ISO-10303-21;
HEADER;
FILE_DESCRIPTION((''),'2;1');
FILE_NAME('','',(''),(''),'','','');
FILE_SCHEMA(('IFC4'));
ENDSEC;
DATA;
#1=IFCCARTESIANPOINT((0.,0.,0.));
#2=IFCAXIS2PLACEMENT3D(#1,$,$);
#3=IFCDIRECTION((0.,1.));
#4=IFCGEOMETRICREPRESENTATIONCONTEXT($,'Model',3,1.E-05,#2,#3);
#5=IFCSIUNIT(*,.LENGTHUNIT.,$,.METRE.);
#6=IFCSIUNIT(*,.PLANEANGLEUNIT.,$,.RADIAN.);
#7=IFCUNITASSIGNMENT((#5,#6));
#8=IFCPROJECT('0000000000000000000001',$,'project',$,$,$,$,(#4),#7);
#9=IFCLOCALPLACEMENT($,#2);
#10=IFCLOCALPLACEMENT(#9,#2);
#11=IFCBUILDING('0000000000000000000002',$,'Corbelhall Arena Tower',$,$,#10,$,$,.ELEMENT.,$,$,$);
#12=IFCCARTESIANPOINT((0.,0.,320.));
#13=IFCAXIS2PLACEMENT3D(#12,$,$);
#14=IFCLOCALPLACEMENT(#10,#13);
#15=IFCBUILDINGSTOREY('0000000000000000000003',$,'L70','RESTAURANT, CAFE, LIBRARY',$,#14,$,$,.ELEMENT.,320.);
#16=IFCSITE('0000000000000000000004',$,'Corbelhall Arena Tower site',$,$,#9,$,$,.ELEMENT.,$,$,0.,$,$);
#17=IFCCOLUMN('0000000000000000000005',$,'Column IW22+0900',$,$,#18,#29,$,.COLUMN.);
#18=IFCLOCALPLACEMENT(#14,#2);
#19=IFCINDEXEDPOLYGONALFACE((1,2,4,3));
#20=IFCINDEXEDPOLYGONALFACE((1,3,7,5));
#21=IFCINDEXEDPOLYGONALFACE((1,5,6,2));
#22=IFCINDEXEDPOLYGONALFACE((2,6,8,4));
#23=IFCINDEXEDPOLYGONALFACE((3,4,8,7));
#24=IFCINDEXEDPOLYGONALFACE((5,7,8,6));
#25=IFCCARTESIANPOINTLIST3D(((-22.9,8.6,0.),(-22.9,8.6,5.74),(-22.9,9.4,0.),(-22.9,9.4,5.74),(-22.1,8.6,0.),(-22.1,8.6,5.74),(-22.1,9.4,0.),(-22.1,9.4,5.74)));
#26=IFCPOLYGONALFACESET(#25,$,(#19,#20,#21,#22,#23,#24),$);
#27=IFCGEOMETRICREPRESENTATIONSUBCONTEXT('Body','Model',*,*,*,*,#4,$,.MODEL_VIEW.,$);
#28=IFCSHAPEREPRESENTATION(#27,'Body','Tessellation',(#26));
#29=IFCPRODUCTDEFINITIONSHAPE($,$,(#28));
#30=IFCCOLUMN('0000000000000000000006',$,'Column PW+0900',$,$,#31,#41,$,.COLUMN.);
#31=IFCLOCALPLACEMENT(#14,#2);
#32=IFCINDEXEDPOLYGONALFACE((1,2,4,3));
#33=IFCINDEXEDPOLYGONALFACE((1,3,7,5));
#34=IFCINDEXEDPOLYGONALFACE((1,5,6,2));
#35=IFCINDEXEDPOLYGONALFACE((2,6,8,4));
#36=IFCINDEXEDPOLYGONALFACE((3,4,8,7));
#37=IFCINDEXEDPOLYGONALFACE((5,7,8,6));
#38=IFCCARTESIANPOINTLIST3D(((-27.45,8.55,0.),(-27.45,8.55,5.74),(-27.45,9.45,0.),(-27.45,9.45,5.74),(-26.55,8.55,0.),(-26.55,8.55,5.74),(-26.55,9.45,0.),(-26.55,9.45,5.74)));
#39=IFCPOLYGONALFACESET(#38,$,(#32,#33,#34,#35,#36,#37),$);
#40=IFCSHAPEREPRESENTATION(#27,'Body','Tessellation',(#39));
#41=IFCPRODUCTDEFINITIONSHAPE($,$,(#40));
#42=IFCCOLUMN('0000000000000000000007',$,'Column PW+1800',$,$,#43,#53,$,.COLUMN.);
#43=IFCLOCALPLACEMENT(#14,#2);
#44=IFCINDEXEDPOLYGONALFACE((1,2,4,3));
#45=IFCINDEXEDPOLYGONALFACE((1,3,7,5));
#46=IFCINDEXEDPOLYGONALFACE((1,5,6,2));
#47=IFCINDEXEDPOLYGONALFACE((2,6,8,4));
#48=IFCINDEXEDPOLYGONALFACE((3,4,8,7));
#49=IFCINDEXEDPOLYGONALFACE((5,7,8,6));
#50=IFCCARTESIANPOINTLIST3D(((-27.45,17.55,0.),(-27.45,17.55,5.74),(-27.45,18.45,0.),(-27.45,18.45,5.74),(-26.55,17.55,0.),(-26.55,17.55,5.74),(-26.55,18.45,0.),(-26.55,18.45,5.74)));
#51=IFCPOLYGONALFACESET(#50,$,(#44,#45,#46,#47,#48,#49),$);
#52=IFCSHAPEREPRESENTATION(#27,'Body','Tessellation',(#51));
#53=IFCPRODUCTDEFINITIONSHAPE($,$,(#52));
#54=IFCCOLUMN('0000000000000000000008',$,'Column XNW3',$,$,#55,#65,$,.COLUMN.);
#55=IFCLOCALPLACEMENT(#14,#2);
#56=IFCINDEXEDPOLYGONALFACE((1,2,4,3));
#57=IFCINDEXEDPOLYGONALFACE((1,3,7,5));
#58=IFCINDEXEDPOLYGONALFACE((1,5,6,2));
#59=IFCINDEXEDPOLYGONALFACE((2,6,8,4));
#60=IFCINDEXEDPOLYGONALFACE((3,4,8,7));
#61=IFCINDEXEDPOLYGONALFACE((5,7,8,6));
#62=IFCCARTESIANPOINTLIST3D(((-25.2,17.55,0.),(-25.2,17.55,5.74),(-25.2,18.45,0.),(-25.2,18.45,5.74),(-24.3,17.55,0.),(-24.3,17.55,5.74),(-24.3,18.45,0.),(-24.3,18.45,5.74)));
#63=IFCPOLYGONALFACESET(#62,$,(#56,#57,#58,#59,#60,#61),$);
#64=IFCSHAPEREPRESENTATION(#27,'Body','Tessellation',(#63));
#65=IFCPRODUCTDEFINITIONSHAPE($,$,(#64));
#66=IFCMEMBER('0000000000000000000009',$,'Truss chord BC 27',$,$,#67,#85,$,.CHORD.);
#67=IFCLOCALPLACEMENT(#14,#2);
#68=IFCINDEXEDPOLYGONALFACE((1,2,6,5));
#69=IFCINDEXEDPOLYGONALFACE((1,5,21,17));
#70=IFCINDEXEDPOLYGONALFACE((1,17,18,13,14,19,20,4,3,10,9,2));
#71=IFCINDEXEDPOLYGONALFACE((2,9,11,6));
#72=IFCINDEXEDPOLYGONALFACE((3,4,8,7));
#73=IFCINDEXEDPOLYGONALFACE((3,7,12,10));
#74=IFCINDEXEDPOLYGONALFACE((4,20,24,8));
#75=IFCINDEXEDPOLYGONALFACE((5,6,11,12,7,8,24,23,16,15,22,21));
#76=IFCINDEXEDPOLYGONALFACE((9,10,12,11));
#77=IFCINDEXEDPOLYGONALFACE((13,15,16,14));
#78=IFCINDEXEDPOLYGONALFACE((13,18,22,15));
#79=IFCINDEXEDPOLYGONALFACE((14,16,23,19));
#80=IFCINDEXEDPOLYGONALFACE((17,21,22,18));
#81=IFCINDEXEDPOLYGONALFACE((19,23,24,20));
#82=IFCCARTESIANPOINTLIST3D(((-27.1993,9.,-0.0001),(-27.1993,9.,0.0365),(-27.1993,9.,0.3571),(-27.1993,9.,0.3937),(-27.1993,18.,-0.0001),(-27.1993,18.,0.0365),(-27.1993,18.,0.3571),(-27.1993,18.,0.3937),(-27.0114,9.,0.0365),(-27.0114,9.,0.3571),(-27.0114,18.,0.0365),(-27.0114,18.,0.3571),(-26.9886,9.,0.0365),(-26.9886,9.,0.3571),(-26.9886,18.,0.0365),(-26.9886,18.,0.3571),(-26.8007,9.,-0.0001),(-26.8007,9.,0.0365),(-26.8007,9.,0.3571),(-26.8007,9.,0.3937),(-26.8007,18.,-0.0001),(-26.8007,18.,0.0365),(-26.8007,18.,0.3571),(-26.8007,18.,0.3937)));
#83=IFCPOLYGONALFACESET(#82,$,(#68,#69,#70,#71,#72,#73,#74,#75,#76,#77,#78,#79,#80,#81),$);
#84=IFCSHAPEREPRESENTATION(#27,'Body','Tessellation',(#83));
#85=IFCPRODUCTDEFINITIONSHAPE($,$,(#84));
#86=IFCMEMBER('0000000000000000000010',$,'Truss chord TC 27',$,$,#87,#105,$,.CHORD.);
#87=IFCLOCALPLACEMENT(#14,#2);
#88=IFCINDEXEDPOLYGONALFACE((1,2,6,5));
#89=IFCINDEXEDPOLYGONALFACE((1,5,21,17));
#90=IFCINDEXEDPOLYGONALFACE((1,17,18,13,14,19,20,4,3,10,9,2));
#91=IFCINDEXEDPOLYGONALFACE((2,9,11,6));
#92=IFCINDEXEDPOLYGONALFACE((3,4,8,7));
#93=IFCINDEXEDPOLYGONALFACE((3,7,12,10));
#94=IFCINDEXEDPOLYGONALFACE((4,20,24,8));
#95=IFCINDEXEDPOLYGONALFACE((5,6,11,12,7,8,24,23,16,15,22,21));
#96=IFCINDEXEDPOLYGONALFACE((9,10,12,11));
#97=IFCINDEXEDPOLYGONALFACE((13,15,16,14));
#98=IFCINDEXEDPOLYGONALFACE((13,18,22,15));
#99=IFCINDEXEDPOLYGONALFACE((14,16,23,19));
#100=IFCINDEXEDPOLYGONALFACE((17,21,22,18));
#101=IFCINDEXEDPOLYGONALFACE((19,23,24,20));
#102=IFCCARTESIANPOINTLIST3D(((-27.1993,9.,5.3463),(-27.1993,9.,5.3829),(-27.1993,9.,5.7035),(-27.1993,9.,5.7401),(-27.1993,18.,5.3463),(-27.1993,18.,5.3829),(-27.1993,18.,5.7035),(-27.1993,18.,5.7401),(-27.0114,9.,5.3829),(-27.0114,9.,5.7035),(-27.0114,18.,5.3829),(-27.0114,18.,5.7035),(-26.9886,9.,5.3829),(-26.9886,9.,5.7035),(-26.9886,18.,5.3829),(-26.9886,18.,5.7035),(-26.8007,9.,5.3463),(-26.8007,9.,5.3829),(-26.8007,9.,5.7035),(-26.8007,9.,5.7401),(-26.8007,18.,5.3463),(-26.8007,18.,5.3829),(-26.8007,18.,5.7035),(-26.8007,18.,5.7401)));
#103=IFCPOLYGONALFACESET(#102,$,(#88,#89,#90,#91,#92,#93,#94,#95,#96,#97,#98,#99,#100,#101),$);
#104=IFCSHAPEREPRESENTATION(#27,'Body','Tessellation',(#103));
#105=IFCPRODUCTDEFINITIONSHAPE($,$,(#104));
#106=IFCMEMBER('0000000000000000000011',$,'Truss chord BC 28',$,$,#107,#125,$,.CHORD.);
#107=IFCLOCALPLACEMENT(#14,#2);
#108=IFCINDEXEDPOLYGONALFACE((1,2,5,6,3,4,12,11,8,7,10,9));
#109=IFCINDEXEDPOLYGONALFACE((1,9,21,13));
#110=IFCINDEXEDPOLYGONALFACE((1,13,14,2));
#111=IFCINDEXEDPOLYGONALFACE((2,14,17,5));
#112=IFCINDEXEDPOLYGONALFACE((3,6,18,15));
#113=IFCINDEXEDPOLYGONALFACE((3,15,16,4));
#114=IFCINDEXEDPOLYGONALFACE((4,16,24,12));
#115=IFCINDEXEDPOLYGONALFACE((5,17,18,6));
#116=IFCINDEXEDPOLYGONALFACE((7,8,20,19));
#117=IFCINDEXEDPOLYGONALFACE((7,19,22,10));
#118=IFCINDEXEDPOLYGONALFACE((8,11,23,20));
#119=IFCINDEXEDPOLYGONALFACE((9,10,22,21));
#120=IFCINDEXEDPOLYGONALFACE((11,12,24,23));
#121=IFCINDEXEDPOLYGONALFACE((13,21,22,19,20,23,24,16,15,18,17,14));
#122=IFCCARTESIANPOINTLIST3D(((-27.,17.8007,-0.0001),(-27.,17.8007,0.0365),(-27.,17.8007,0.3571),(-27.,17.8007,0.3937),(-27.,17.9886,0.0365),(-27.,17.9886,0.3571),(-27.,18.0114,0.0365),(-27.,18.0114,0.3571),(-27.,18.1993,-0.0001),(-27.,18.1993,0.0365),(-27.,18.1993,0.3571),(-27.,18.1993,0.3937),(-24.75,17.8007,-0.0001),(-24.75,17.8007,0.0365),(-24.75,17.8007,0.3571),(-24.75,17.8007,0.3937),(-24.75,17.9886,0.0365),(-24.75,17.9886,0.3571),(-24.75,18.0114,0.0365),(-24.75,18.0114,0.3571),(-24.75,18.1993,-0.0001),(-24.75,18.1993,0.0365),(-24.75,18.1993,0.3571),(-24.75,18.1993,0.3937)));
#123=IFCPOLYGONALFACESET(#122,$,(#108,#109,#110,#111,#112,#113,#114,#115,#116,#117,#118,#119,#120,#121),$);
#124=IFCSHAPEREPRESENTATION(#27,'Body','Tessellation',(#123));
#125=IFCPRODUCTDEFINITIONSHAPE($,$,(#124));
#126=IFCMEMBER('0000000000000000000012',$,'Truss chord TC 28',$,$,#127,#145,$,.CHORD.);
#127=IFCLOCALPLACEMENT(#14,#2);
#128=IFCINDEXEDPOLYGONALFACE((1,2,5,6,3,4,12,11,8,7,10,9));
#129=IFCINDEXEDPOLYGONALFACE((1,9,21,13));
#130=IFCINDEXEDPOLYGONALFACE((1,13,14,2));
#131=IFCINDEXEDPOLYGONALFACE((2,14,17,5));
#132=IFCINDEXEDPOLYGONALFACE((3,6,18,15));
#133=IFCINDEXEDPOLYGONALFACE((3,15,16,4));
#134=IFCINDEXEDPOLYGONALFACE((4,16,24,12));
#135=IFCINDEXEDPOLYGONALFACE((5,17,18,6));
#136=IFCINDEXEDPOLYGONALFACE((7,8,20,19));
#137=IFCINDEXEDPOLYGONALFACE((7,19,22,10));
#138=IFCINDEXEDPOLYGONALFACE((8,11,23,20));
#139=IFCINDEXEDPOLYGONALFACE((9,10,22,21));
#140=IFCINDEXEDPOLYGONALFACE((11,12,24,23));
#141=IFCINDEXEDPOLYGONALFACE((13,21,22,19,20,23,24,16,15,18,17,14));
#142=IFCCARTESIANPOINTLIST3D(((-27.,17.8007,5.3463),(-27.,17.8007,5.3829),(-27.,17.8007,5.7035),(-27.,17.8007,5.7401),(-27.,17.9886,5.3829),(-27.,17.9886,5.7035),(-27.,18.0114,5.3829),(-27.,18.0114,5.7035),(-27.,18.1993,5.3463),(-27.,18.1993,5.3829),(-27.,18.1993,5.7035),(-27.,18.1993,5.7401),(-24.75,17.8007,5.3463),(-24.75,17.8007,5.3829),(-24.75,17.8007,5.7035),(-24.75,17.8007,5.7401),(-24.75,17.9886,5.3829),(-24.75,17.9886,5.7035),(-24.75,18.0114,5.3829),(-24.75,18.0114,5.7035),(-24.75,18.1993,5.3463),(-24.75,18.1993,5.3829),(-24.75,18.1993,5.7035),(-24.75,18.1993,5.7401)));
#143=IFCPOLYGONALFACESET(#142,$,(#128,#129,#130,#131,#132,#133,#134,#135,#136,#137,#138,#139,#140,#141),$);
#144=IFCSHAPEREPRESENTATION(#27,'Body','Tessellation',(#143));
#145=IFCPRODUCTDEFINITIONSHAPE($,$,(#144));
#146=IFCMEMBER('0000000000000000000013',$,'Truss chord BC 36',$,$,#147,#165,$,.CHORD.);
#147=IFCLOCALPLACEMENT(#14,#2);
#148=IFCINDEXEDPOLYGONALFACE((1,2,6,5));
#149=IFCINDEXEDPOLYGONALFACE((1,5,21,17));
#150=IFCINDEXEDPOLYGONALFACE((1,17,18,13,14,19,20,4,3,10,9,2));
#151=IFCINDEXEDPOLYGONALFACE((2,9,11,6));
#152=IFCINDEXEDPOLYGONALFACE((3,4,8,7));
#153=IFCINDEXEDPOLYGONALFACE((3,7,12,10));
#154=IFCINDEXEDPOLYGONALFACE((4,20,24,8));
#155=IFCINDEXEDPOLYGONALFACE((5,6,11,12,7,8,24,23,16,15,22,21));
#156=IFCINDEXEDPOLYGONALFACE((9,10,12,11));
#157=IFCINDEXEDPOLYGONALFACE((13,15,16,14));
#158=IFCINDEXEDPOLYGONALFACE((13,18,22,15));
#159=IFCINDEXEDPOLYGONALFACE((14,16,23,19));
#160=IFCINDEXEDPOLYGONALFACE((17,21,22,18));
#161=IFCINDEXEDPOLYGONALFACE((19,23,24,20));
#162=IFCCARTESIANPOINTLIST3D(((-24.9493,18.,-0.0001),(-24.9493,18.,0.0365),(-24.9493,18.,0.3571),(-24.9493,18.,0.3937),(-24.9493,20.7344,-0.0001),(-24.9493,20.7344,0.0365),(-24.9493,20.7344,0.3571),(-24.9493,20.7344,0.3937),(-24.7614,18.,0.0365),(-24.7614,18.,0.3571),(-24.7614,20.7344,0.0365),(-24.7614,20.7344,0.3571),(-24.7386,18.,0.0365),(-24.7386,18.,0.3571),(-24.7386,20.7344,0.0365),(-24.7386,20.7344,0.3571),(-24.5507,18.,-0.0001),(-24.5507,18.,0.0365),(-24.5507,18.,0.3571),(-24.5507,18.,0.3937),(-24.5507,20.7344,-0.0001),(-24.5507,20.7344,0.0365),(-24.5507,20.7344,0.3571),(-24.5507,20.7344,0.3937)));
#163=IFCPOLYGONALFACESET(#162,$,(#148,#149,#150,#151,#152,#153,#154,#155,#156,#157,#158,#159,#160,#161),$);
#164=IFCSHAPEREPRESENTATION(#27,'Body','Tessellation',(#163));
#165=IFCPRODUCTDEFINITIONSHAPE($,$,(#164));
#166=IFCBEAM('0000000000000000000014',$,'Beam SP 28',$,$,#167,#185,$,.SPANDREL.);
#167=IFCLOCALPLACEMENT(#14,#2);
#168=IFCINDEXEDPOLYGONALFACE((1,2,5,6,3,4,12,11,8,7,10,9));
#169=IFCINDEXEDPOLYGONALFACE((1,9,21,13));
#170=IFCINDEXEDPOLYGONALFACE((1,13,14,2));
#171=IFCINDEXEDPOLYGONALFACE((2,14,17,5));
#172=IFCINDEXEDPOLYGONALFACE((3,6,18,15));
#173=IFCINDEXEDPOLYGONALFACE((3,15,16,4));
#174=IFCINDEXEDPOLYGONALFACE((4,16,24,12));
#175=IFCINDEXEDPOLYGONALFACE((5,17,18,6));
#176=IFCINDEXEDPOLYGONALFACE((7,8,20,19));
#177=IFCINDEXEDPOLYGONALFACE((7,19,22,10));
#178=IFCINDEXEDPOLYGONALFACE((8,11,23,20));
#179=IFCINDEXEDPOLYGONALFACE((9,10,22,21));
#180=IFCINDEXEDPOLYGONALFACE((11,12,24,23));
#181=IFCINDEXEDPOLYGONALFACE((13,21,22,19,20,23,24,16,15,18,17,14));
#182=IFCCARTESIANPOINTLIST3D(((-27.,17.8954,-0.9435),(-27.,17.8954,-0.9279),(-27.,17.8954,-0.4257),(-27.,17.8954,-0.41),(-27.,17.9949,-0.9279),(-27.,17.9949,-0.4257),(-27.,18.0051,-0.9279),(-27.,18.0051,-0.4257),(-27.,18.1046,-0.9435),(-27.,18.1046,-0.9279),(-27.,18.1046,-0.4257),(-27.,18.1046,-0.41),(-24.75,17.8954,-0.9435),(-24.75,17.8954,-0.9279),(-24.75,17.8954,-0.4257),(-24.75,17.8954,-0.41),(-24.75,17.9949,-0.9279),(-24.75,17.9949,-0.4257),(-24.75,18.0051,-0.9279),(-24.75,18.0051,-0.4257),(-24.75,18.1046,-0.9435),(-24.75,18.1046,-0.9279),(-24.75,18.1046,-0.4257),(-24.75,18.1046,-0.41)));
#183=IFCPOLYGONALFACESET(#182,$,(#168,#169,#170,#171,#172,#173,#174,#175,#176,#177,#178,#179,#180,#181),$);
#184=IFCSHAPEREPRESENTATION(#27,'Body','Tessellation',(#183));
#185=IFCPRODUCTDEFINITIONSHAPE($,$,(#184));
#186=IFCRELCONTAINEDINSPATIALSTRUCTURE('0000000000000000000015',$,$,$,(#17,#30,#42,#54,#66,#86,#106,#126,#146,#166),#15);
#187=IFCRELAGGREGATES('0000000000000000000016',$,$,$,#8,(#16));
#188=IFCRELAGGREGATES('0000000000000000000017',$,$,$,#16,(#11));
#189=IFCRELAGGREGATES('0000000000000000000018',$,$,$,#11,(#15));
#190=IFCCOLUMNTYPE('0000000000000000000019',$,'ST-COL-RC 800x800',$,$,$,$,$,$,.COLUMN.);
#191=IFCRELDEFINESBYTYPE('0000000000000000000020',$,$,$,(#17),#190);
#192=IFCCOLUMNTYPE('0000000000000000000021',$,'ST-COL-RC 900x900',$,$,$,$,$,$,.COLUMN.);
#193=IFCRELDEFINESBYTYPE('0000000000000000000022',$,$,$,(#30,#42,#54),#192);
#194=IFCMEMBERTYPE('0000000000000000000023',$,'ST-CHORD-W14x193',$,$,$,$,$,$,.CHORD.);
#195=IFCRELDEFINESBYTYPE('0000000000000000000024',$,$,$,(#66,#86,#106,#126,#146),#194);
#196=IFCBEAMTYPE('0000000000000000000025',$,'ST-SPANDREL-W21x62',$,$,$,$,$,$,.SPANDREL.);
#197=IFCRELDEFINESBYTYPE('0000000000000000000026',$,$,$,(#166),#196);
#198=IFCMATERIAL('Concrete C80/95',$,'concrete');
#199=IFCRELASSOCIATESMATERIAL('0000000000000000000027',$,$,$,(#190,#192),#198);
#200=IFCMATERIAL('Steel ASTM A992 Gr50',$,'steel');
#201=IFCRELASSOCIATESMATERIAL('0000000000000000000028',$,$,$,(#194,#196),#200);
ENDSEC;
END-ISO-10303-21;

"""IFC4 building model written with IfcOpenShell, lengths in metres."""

from ifc_helpers import new_model, si_unit, direction, frame, origin, origin_2d, place, context, subcontext, project, spatial, rectangle, i_section, extrude, material, material_profile, profile_set, type_object, element, save


model = new_model("IFC4")

# Units and contexts
model_context = context("Model", 3, precision=1e-05, world=origin(), true_north=direction((0.0, 1.0)))
body_context = subcontext(model_context, "Body", "Model", "MODEL_VIEW")
ifc_project = project(units=[si_unit("LENGTHUNIT", "METRE"), si_unit("PLANEANGLEUNIT", "RADIAN")], contexts=[model_context])

# Site, building, storey
site_placement = place(None, origin())
site = spatial("IfcSite", under=ifc_project, at=site_placement, Name="Corbelhall Arena Tower site", CompositionType="ELEMENT", RefElevation=0.0)
building_placement = place(site_placement, origin())
building = spatial("IfcBuilding", under=site, at=building_placement, Name="Corbelhall Arena Tower", CompositionType="ELEMENT")
storey_placement = place(building_placement, frame((0.0, 0.0, 320.0)))
storey = spatial("IfcBuildingStorey", under=building, at=storey_placement, Name="L70", Description="RESTAURANT, CAFE, LIBRARY", CompositionType="ELEMENT", Elevation=320.0)

# Columns
ifc_material_1 = material(Name="Concrete C80/95", Category="concrete")
ifc_material_profile_1 = material_profile(ifc_material_1, rectangle(XDim=0.8, YDim=0.8, at=origin_2d()))
ifc_profile_set_1 = profile_set([ifc_material_profile_1], Name="Concrete C80/95")
column_type_1 = type_object("IfcColumnType", Name="ST-COL-RC 800x800", PredefinedType="COLUMN", material=ifc_profile_set_1)
column_placement = place(storey_placement, frame((-22.5, 9.0, 0.0), z_axis=(0.0, 0.0, 1.0), x_axis=(1.0, 0.0, 0.0)))
element("IfcColumn", 1, at=column_placement, inside=storey, type_object=column_type_1, Name="Column IW22+0900", PredefinedType="COLUMN", context=body_context, shape_type="SweptSolid", body=[
    extrude(rectangle(XDim=0.8, YDim=0.8, at=origin_2d()), origin(), (0.0, 0.0, 1.0), 5.74),
])
ifc_material_profile_2 = material_profile(ifc_material_1, rectangle(XDim=0.8999, YDim=0.8999, at=origin_2d()))
ifc_profile_set_2 = profile_set([ifc_material_profile_2], Name="Concrete C80/95")
column_type_2 = type_object("IfcColumnType", Name="ST-COL-RC 900x900", PredefinedType="COLUMN", material=ifc_profile_set_2)
for number, where, z_axis, x_axis, name in (
    (2, (-27.0, 9.0, 0.0), (0.0, 0.0, 1.0), (0.0, 1.0, 0.0), "Column PW+0900"),
    (3, (-27.0, 18.0, 0.0), (0.0, 0.0, 1.0), (0.0, 1.0, 0.0), "Column PW+1800"),
    (4, (-24.75, 18.0, 0.0), (0.0, 0.0, 1.0), (1.0, 0.0, 0.0), "Column XNW3"),
):
    element("IfcColumn", number, at=place(storey_placement, frame(where, z_axis=z_axis, x_axis=x_axis)), inside=storey, type_object=column_type_2, Name=name, PredefinedType="COLUMN", context=body_context, shape_type="SweptSolid", body=[
        extrude(rectangle(XDim=0.8999, YDim=0.8999, at=origin_2d()), origin(), (0.0, 0.0, 1.0), 5.74),
    ])

# Members
ifc_material_2 = material(Name="Steel ASTM A992 Gr50", Category="steel")
ifc_material_profile_3 = material_profile(ifc_material_2, i_section(OverallWidth=0.3987, OverallDepth=0.3938, WebThickness=0.0227, FlangeThickness=0.0366, at=origin_2d()))
ifc_profile_set_3 = profile_set([ifc_material_profile_3], Name="Steel ASTM A992 Gr50")
member_type_1 = type_object("IfcMemberType", Name="ST-CHORD-W14x193", PredefinedType="CHORD", material=ifc_profile_set_3)
for number, where, z_axis, x_axis, name in (
    (5, (-27.0, 9.0, 0.1968), (0.0, 1.0, 0.0), (-1.0, 0.0, 0.0), "Truss chord BC 27"),
    (6, (-27.0, 9.0, 5.5432), (0.0, 1.0, 0.0), (-1.0, 0.0, 0.0), "Truss chord TC 27"),
):
    element("IfcMember", number, at=place(storey_placement, frame(where, z_axis=z_axis, x_axis=x_axis)), inside=storey, type_object=member_type_1, Name=name, PredefinedType="CHORD", context=body_context, shape_type="SweptSolid", body=[
        extrude(i_section(OverallWidth=0.3987, OverallDepth=0.3938, WebThickness=0.0227, FlangeThickness=0.0366, at=origin_2d()), origin(), (0.0, 0.0, 1.0), 9.0),
    ])
for number, where, z_axis, x_axis, name in (
    (7, (-27.0, 18.0, 0.1968), (1.0, 0.0, 0.0), (0.0, 1.0, 0.0), "Truss chord BC 28"),
    (8, (-27.0, 18.0, 5.5432), (1.0, 0.0, 0.0), (0.0, 1.0, 0.0), "Truss chord TC 28"),
):
    element("IfcMember", number, at=place(storey_placement, frame(where, z_axis=z_axis, x_axis=x_axis)), inside=storey, type_object=member_type_1, Name=name, PredefinedType="CHORD", context=body_context, shape_type="SweptSolid", body=[
        extrude(i_section(OverallWidth=0.3987, OverallDepth=0.3938, WebThickness=0.0227, FlangeThickness=0.0366, at=origin_2d()), origin(), (0.0, 0.0, 1.0), 2.25),
    ])
member_1_placement = place(storey_placement, frame((-24.75, 18.0, 0.1968), z_axis=(0.0, 1.0, 0.0), x_axis=(-1.0, 0.0, 0.0)))
element("IfcMember", 9, at=member_1_placement, inside=storey, type_object=member_type_1, Name="Truss chord BC 36", PredefinedType="CHORD", context=body_context, shape_type="SweptSolid", body=[
    extrude(i_section(OverallWidth=0.3987, OverallDepth=0.3938, WebThickness=0.0227, FlangeThickness=0.0366, at=origin_2d()), origin(), (0.0, 0.0, 1.0), 2.7344),
])

# Beam
ifc_material_profile_4 = material_profile(ifc_material_2, i_section(OverallWidth=0.2092, OverallDepth=0.5334, WebThickness=0.0103, FlangeThickness=0.0156, at=origin_2d()))
ifc_profile_set_4 = profile_set([ifc_material_profile_4], Name="Steel ASTM A992 Gr50")
beam_type_1 = type_object("IfcBeamType", Name="ST-SPANDREL-W21x62", PredefinedType="SPANDREL", material=ifc_profile_set_4)
beam_1_placement = place(storey_placement, frame((-27.0, 18.0, -0.6768), z_axis=(1.0, 0.0, 0.0), x_axis=(0.0, 1.0, 0.0)))
element("IfcBeam", 10, at=beam_1_placement, inside=storey, type_object=beam_type_1, Name="Beam SP 28", PredefinedType="SPANDREL", context=body_context, shape_type="SweptSolid", body=[
    extrude(i_section(OverallWidth=0.2092, OverallDepth=0.5334, WebThickness=0.0103, FlangeThickness=0.0156, at=origin_2d()), origin(), (0.0, 0.0, 1.0), 2.25),
])

save(model, "model.ifc")
